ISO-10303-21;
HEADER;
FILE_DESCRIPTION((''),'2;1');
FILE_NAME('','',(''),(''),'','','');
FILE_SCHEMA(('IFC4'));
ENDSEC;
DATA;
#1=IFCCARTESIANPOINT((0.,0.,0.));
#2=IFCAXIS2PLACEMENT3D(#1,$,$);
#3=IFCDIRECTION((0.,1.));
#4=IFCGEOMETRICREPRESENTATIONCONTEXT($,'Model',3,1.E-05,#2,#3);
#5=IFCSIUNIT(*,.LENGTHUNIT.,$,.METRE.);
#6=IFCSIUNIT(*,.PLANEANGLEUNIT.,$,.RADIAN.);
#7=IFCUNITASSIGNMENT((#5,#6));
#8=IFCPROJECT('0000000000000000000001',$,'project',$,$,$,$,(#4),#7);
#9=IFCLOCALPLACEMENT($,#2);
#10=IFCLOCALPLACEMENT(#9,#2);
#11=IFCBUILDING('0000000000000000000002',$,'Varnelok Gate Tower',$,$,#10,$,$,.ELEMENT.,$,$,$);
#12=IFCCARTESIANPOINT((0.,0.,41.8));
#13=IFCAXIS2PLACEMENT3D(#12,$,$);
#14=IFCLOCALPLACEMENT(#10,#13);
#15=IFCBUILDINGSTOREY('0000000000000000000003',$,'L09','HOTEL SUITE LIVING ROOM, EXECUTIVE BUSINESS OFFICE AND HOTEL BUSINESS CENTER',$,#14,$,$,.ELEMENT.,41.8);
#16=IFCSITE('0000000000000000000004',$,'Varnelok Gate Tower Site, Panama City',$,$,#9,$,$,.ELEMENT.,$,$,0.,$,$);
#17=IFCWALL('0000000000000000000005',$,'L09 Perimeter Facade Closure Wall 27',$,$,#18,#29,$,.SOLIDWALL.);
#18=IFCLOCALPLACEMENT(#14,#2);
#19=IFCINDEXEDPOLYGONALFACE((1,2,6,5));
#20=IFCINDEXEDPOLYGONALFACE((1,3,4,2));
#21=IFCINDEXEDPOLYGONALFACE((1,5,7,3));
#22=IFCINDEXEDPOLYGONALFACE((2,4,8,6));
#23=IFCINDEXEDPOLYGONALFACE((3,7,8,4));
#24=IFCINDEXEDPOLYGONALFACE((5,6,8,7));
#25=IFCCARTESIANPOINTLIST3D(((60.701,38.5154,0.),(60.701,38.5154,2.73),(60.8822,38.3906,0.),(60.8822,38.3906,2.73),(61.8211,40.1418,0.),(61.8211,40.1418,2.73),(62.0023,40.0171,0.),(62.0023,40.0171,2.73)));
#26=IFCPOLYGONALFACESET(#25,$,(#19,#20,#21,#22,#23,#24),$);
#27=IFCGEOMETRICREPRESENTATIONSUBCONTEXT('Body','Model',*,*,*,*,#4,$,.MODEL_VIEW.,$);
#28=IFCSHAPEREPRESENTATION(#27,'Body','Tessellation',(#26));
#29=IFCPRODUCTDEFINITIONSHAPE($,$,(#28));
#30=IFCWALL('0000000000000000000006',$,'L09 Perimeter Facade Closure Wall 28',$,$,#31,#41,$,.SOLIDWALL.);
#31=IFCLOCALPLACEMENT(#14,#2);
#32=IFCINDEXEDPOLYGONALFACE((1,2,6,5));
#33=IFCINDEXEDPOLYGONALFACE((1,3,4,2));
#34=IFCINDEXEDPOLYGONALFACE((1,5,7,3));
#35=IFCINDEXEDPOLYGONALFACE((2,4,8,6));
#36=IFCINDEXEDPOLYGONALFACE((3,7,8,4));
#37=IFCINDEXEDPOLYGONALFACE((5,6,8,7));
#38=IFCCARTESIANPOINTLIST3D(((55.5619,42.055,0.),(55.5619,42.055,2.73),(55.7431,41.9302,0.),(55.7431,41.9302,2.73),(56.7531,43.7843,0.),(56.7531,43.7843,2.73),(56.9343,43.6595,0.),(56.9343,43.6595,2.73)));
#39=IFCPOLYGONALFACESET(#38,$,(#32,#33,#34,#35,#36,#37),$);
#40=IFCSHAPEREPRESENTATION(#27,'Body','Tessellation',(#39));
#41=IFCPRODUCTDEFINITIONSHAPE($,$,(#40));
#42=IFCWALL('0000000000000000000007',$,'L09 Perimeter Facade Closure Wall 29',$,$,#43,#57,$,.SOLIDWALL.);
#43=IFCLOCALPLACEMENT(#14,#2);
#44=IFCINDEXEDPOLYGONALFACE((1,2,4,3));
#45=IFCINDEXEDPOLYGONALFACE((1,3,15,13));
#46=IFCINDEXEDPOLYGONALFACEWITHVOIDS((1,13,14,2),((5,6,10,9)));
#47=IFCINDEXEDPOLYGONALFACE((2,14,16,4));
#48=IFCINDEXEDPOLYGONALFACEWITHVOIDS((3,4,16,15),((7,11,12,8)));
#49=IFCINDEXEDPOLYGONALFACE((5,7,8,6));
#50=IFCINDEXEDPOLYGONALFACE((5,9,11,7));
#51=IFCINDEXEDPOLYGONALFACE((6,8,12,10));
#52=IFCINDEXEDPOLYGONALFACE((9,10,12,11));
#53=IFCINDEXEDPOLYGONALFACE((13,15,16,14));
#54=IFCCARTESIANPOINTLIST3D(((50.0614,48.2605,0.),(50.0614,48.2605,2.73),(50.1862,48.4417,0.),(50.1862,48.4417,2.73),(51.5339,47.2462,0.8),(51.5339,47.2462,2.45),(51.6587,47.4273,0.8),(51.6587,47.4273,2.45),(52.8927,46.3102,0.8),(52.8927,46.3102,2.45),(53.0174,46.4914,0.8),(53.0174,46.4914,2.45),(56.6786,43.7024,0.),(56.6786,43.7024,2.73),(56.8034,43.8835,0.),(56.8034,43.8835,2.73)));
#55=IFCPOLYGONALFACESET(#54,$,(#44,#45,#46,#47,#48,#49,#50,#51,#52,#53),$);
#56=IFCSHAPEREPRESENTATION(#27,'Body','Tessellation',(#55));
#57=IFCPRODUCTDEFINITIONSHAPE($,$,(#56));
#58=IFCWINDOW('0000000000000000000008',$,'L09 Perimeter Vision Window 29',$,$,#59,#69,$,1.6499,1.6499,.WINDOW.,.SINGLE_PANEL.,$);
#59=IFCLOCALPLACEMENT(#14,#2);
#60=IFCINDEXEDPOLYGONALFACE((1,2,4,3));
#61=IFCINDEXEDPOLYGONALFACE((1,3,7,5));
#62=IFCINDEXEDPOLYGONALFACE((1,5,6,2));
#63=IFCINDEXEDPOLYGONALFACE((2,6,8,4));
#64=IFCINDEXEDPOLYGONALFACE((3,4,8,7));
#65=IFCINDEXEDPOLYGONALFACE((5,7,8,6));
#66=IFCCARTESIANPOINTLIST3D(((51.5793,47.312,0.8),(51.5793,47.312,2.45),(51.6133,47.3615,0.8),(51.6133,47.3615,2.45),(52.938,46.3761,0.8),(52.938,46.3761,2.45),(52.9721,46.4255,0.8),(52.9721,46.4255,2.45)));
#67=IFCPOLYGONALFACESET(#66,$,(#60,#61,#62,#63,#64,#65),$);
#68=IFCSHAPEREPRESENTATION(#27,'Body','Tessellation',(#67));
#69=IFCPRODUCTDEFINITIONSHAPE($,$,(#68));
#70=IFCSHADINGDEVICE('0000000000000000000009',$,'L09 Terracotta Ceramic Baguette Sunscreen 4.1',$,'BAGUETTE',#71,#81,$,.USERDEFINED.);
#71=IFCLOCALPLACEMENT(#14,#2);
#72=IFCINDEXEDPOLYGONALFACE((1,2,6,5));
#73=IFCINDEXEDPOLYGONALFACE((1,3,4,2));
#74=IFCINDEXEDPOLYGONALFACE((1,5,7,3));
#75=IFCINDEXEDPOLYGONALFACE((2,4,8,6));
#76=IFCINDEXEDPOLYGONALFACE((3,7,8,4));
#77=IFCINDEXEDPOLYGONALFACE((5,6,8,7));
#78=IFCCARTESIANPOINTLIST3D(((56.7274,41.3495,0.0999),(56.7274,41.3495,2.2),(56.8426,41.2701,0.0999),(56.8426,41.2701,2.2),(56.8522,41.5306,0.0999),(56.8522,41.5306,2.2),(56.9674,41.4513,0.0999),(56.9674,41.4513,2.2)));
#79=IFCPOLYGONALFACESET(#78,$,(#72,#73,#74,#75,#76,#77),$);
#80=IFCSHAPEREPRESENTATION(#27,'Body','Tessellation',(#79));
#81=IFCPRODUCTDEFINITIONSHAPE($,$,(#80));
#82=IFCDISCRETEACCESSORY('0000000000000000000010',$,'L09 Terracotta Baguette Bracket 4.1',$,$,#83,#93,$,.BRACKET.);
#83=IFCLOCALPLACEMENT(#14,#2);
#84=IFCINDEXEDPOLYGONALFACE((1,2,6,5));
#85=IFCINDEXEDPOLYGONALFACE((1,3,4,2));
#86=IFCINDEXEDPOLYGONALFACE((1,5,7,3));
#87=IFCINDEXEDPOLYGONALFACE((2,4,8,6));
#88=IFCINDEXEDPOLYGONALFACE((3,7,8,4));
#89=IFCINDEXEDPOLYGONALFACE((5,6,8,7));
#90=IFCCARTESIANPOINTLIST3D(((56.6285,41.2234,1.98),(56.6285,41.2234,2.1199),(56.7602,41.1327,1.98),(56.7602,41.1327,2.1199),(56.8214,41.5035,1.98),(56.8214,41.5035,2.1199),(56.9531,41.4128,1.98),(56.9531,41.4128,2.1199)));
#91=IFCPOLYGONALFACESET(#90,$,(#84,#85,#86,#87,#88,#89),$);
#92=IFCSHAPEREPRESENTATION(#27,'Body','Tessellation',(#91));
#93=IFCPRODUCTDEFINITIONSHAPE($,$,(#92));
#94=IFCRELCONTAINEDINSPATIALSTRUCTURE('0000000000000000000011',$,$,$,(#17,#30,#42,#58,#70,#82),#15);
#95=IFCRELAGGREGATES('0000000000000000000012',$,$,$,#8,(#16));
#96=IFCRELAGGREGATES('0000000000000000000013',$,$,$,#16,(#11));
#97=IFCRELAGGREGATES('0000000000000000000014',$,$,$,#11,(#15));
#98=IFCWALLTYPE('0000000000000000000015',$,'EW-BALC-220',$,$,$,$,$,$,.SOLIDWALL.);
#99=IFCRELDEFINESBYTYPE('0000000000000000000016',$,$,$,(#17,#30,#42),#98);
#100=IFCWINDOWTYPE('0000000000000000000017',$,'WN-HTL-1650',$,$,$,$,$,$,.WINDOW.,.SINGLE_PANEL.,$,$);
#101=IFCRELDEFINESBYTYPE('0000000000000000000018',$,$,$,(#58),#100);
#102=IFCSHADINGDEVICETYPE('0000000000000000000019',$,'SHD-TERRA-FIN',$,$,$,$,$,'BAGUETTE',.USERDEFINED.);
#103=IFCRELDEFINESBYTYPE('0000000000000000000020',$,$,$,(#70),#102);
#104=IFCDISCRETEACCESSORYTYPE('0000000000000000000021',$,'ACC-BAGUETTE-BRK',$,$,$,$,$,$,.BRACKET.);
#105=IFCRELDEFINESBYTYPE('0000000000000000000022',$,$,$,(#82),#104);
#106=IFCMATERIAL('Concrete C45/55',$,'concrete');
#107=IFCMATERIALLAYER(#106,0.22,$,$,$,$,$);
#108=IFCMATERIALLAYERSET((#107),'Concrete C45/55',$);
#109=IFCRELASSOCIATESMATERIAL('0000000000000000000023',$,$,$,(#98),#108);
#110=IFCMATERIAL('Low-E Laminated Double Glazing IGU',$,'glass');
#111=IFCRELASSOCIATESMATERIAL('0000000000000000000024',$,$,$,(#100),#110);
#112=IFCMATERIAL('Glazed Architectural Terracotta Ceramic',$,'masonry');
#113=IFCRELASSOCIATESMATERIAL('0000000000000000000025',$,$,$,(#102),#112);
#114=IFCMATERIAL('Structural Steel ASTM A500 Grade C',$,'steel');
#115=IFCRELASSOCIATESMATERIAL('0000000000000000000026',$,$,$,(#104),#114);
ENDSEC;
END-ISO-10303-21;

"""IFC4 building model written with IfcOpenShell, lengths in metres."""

from ifc_helpers import new_model, si_unit, direction, frame, frame_2d, origin, origin_2d, place, context, subcontext, project, spatial, rectangle, extrude, source, transform, mapped, material, layer, layer_set, type_object, element, fill, save


model = new_model("IFC4")

# Units and contexts
model_context = context("Model", 3, precision=1e-05, world=origin(), true_north=direction((0.0, 1.0)))
body_context = subcontext(model_context, "Body", "Model", "MODEL_VIEW")
ifc_project = project(units=[si_unit("LENGTHUNIT", "METRE"), si_unit("PLANEANGLEUNIT", "RADIAN")], contexts=[model_context])

# Site, building, storey
site_placement = place(None, origin())
site = spatial("IfcSite", under=ifc_project, at=site_placement, Name="Varnelok Gate Tower Site, Panama City", CompositionType="ELEMENT", RefElevation=0.0)
building_placement = place(site_placement, origin())
building = spatial("IfcBuilding", under=site, at=building_placement, Name="Varnelok Gate Tower", CompositionType="ELEMENT")
storey_placement = place(building_placement, frame((0.0, 0.0, 41.8)))
storey = spatial("IfcBuildingStorey", under=building, at=storey_placement, Name="L09", Description="HOTEL SUITE LIVING ROOM, EXECUTIVE BUSINESS OFFICE AND HOTEL BUSINESS CENTER", CompositionType="ELEMENT", Elevation=41.8)

# Shared definitions
ifc_material_1 = material(Name="Concrete C45/55", Category="concrete")
ifc_layer = layer(ifc_material_1, 0.22)
ifc_layer_set = layer_set([ifc_layer], Name="Concrete C45/55")
wall_type = type_object("IfcWallType", Name="EW-BALC-220", PredefinedType="SOLIDWALL", material=ifc_layer_set)

# Shared definitions
ifc_material_2 = material(Name="Low-E Laminated Double Glazing IGU", Category="glass")
window_type = type_object("IfcWindowType", Name="WN-HTL-1650", PartitioningType="SINGLE_PANEL", PredefinedType="WINDOW", material=ifc_material_2)

# Walls
wall_1_placement = place(storey_placement, frame((61.9116, 40.0793, 0.0), z_axis=(0.0, 0.0, 1.0), x_axis=(-0.56719, -0.823587, 0.0)))
element("IfcWall", 1, at=wall_1_placement, inside=storey, type_object=wall_type, Name="L09 Perimeter Facade Closure Wall 27", PredefinedType="SOLIDWALL", context=body_context, shape_type="SweptSolid", body=[
    extrude(rectangle(XDim=1.9749, YDim=0.22, at=frame_2d((0.9873, 0.0))), origin(), (0.0, 0.0, 1.0), 2.73),
])
wall_2_placement = place(storey_placement, frame((55.6526, 41.9927, 0.0), z_axis=(0.0, 0.0, 1.0), x_axis=(0.567274, 0.823529, 0.0)))
element("IfcWall", 2, at=wall_2_placement, inside=storey, type_object=wall_type, Name="L09 Perimeter Facade Closure Wall 28", PredefinedType="SOLIDWALL", context=body_context, shape_type="SweptSolid", body=[
    extrude(rectangle(XDim=2.0999, YDim=0.22, at=frame_2d((1.0498, 0.0))), origin(), (0.0, 0.0, 1.0), 2.73),
])

# Wall, opening, window
wall_3_placement = place(storey_placement, frame((56.741, 43.793, 0.0), z_axis=(0.0, 0.0, 1.0), x_axis=(-0.823531, 0.567271, 0.0)))
wall_3 = element("IfcWall", 3, at=wall_3_placement, inside=storey, type_object=wall_type, Name="L09 Perimeter Facade Closure Wall 29", PredefinedType="SOLIDWALL", context=body_context, shape_type="SweptSolid", body=[
    extrude(rectangle(XDim=8.0352, YDim=0.22, at=frame_2d((4.0176, 0.0))), origin(), (0.0, 0.0, 1.0), 2.73),
])
opening_1_placement = place(wall_3_placement, frame((4.5972, 0.0, 0.8)))
opening_1 = element("IfcOpeningElement", 4, at=opening_1_placement, cuts=wall_3, PredefinedType="OPENING", context=body_context, shape_type="SweptSolid", body=[
    extrude(rectangle(XDim=1.6499, YDim=1.6499, at=frame_2d((0.825, 0.825))), frame((0.0, 0.1199, 0.0), z_axis=(0.0, -1.0, 0.0), x_axis=(1.0, 0.0, 0.0)), (0.0, 0.0, 1.0), 0.24),
])
window_1_placement = place(opening_1_placement, origin())
window_1 = element("IfcWindow", 5, at=window_1_placement, inside=storey, type_object=window_type, Name="L09 Perimeter Vision Window 29", OverallHeight=1.6499, OverallWidth=1.6499, PartitioningType="SINGLE_PANEL", PredefinedType="WINDOW", context=body_context, shape_type="SweptSolid", body=[
    extrude(rectangle(XDim=1.6499, YDim=1.6499, at=frame_2d((0.825, 0.825))), frame((0.0, 0.03, 0.0), z_axis=(0.0, -1.0, 0.0), x_axis=(1.0, 0.0, 0.0)), (0.0, 0.0, 1.0), 0.0601),
])
fill(opening_1, window_1)

# Shading device
ifc_material_3 = material(Name="Glazed Architectural Terracotta Ceramic", Category="masonry")
shading_device_type = type_object("IfcShadingDeviceType", Name="SHD-TERRA-FIN", ElementType="BAGUETTE", PredefinedType="USERDEFINED", material=ifc_material_3)
shared_shape_1 = source(origin(), body_context, "Body", "SweptSolid", [
    extrude(rectangle(XDim=0.1399, YDim=0.22, at=origin_2d()), origin(), (0.0, 0.0, 1.0), 2.1001),
])
shading_device_placement = place(storey_placement, frame((56.8474, 41.4004, 0.0999), z_axis=(0.0, 0.0, 1.0), x_axis=(0.823533, -0.567269, 0.0)))
element("IfcShadingDevice", 6, at=shading_device_placement, inside=storey, type_object=shading_device_type, Name="L09 Terracotta Ceramic Baguette Sunscreen 4.1", ObjectType="BAGUETTE", PredefinedType="USERDEFINED", context=body_context, shape_type="MappedRepresentation", body=[
    mapped(shared_shape_1, transform((0.0, 0.0, 0.0), scale=1.0)),
])

# Discrete accessory
ifc_material_4 = material(Name="Structural Steel ASTM A500 Grade C", Category="steel")
discrete_accessory_type = type_object("IfcDiscreteAccessoryType", Name="ACC-BAGUETTE-BRK", PredefinedType="BRACKET", material=ifc_material_4)
shared_shape_2 = source(origin(), body_context, "Body", "SweptSolid", [
    extrude(rectangle(XDim=0.1599, YDim=0.3401, at=origin_2d()), origin(), (0.0, 0.0, 1.0), 0.1399),
])
discrete_accessory_placement = place(storey_placement, frame((56.7908, 41.3181, 1.98), z_axis=(0.0, 0.0, 1.0), x_axis=(0.823533, -0.567269, 0.0)))
element("IfcDiscreteAccessory", 7, at=discrete_accessory_placement, inside=storey, type_object=discrete_accessory_type, Name="L09 Terracotta Baguette Bracket 4.1", PredefinedType="BRACKET", context=body_context, shape_type="MappedRepresentation", body=[
    mapped(shared_shape_2, transform((0.0, 0.0, 0.0), scale=1.0)),
])

save(model, "model.ifc")
